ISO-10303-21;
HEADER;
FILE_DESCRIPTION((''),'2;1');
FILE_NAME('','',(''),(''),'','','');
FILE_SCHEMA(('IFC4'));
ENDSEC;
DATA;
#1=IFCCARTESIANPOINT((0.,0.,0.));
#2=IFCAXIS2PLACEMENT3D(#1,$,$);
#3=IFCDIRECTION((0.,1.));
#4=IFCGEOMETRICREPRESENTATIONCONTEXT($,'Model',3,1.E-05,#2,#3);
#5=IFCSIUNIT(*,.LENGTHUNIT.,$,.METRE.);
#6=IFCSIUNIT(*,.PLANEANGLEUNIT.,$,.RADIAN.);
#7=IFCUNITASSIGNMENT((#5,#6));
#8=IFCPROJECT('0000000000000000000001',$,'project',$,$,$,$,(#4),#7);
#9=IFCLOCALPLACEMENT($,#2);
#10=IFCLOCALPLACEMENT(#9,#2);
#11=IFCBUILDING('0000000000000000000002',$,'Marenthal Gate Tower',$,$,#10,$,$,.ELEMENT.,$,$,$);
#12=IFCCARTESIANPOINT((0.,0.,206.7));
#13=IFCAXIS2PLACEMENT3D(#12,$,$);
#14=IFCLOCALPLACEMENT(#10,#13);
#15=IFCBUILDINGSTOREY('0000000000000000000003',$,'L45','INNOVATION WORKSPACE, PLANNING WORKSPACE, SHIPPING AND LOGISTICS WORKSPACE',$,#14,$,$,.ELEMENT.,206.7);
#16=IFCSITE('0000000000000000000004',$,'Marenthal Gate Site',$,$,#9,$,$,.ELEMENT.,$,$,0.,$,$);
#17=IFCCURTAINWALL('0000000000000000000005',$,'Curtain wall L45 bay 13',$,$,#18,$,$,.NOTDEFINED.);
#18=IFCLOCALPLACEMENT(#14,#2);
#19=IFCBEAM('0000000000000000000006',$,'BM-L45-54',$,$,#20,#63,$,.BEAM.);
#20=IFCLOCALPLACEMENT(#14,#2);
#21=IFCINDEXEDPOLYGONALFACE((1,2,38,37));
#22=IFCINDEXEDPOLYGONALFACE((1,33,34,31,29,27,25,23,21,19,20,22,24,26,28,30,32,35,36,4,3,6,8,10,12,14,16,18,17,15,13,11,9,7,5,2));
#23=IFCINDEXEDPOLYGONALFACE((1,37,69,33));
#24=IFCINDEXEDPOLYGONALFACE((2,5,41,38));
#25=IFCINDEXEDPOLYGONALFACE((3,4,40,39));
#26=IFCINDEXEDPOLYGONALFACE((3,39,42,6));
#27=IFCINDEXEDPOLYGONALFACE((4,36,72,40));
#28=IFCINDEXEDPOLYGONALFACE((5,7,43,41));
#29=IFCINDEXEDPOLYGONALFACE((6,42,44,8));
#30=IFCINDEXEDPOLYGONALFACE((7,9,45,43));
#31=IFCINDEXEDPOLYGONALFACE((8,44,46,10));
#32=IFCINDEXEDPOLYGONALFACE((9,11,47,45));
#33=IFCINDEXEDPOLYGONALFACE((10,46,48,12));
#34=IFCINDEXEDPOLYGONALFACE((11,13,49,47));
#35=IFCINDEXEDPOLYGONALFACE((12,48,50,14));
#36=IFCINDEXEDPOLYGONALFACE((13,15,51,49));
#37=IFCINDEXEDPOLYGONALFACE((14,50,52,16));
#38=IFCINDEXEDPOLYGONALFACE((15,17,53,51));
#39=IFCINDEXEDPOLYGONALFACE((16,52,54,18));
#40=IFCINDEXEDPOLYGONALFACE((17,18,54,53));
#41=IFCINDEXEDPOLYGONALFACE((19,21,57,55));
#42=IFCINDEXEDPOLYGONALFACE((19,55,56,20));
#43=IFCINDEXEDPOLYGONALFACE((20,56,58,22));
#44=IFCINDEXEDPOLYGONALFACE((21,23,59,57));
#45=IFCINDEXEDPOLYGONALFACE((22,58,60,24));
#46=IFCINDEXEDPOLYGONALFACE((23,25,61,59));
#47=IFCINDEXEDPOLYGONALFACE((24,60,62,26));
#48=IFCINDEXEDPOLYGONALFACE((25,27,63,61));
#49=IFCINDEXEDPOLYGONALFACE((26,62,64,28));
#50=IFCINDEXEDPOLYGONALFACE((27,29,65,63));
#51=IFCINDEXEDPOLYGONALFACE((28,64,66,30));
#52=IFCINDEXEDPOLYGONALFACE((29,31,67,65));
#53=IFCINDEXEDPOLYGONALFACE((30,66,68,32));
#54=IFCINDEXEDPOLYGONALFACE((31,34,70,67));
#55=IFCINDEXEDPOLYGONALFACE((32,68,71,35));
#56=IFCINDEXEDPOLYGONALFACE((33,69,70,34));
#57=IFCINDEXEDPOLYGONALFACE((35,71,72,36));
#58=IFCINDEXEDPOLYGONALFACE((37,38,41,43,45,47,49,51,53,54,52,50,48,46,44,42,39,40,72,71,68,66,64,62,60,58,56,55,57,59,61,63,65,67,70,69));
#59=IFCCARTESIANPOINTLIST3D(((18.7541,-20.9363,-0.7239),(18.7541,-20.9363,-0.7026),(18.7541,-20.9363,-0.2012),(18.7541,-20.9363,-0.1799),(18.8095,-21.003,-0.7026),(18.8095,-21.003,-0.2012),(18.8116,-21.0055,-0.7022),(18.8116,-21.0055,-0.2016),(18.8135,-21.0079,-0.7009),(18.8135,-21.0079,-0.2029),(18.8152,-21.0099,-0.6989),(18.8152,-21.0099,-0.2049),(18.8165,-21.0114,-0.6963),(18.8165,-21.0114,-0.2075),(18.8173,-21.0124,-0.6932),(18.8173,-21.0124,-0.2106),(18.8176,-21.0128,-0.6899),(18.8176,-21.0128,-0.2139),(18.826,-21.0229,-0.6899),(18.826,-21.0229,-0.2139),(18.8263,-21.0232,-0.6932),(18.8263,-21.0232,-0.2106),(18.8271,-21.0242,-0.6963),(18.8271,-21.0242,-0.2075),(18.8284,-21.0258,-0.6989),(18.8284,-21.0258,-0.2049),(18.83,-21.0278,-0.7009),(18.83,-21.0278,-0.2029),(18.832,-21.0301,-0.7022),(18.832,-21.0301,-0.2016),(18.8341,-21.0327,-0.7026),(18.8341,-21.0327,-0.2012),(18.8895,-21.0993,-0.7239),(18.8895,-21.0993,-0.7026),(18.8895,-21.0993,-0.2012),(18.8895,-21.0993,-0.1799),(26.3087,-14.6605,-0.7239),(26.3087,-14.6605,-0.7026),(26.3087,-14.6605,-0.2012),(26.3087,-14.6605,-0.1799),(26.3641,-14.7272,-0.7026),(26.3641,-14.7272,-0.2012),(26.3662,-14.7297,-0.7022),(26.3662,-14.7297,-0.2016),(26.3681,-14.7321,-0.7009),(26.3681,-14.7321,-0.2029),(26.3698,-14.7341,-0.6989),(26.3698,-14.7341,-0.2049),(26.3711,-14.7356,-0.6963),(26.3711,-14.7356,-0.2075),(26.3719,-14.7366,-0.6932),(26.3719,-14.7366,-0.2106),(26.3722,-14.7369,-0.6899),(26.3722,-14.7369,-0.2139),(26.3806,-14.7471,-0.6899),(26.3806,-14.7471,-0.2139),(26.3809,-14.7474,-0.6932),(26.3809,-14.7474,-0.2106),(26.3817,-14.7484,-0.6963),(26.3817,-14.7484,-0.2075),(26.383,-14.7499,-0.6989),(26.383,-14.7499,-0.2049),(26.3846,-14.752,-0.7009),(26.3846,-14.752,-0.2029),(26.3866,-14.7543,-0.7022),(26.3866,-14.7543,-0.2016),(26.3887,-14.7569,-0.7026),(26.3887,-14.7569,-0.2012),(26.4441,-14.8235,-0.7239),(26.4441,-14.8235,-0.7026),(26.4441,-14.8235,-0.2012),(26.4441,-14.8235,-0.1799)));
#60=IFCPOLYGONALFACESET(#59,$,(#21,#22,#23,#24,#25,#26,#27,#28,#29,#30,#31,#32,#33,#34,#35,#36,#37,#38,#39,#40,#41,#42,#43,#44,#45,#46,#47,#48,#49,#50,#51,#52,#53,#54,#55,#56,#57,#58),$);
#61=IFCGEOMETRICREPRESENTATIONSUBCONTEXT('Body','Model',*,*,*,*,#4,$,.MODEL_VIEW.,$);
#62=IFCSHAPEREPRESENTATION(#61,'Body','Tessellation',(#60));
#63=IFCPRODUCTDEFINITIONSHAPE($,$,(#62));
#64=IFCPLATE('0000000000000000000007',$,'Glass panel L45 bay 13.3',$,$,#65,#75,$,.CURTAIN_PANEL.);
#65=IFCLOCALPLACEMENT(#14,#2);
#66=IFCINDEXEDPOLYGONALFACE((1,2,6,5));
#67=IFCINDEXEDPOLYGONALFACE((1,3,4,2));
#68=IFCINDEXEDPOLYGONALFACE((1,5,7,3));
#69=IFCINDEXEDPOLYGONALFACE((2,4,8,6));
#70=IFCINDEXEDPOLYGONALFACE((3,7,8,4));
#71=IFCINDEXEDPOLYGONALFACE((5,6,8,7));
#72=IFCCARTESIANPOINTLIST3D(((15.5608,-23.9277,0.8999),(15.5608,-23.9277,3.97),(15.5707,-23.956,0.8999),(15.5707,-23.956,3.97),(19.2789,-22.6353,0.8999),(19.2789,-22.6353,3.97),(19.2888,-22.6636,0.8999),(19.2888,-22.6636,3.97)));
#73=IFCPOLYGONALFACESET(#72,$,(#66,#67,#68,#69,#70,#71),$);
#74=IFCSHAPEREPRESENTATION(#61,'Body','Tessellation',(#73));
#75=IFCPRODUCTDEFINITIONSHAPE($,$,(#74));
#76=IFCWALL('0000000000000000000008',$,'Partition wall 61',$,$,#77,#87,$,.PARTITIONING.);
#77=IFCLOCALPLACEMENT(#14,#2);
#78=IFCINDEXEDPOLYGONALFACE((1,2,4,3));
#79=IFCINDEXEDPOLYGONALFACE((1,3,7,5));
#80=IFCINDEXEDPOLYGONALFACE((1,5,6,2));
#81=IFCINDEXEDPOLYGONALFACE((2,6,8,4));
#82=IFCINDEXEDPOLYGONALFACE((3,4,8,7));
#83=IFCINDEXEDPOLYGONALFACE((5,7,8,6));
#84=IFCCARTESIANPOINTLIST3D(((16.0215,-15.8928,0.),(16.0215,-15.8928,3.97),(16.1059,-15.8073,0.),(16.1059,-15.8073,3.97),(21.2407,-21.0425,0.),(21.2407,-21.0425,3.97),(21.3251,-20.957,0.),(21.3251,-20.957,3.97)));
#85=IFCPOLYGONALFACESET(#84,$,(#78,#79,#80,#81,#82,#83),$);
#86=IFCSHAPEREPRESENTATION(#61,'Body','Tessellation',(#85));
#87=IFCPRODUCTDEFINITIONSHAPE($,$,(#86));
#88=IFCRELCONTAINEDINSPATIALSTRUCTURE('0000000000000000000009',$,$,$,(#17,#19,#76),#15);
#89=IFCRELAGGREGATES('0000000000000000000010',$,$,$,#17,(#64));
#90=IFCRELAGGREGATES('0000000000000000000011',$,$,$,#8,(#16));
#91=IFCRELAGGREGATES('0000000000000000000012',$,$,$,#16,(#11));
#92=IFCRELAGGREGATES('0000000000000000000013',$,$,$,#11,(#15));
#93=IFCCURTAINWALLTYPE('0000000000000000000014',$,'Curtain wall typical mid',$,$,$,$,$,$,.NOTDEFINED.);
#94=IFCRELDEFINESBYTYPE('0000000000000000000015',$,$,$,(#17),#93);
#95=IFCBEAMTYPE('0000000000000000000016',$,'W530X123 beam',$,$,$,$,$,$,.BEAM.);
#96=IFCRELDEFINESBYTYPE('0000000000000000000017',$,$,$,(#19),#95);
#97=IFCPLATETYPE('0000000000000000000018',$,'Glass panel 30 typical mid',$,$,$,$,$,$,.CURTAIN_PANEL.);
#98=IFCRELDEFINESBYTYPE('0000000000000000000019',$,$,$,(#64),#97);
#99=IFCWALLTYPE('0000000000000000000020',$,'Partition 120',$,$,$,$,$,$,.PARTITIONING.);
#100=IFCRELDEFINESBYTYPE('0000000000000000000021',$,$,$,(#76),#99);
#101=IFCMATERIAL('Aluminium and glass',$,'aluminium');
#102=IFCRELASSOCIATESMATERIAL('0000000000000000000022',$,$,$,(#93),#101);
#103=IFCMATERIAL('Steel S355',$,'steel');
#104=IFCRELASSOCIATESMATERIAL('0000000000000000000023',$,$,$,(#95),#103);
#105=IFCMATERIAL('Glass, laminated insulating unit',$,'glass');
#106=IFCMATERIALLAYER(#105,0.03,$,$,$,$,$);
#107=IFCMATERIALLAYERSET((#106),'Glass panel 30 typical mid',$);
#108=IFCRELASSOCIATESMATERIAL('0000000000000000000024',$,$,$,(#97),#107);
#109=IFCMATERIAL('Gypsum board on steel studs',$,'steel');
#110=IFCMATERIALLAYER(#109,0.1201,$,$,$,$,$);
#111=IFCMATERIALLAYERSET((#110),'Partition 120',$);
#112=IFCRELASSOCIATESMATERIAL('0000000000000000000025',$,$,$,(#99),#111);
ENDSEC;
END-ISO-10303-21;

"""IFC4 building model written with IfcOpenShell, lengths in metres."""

from ifc_helpers import new_model, si_unit, direction, frame, frame_2d, origin, origin_2d, place, context, subcontext, project, spatial, rectangle, i_section, extrude, material, layer, layer_set, material_profile, profile_set, type_object, element, aggregate, save


model = new_model("IFC4")

# Units and contexts
model_context = context("Model", 3, precision=1e-05, world=origin(), true_north=direction((0.0, 1.0)))
body_context = subcontext(model_context, "Body", "Model", "MODEL_VIEW")
ifc_project = project(units=[si_unit("LENGTHUNIT", "METRE"), si_unit("PLANEANGLEUNIT", "RADIAN")], contexts=[model_context])

# Site, building, storey
site_placement = place(None, origin())
site = spatial("IfcSite", under=ifc_project, at=site_placement, Name="Marenthal Gate Site", CompositionType="ELEMENT", RefElevation=0.0)
building_placement = place(site_placement, origin())
building = spatial("IfcBuilding", under=site, at=building_placement, Name="Marenthal Gate Tower", CompositionType="ELEMENT")
storey_placement = place(building_placement, frame((0.0, 0.0, 206.7)))
storey = spatial("IfcBuildingStorey", under=building, at=storey_placement, Name="L45", Description="INNOVATION WORKSPACE, PLANNING WORKSPACE, SHIPPING AND LOGISTICS WORKSPACE", CompositionType="ELEMENT", Elevation=206.7)

# Curtain wall
ifc_material_1 = material(Name="Aluminium and glass", Category="aluminium")
curtain_wall_type = type_object("IfcCurtainWallType", Name="Curtain wall typical mid", PredefinedType="NOTDEFINED", material=ifc_material_1)
curtain_wall_1_placement = place(storey_placement, origin())
curtain_wall_1 = element("IfcCurtainWall", 1, at=curtain_wall_1_placement, inside=storey, type_object=curtain_wall_type, Name="Curtain wall L45 bay 13", PredefinedType="NOTDEFINED")

# Beam
ifc_material_2 = material(Name="Steel S355", Category="steel")
ifc_material_profile_1 = material_profile(ifc_material_2, i_section(OverallWidth=0.2119, OverallDepth=0.5439, WebThickness=0.0132, FlangeThickness=0.0212, FilletRadius=0.0127, at=origin_2d()), Name="W530X123")
ifc_profile_set_1 = profile_set([ifc_material_profile_1], Name="Steel S355")
beam_type_1 = type_object("IfcBeamType", Name="W530X123 beam", PredefinedType="BEAM", material=ifc_profile_set_1)
beam_1_placement = place(storey_placement, frame((18.8218, -21.0178, -0.4519), z_axis=(0.769207, 0.639, 0.0), x_axis=(-0.639, 0.769207, 0.0)))
element("IfcBeam", 2, at=beam_1_placement, inside=storey, type_object=beam_type_1, Name="BM-L45-54", PredefinedType="BEAM", context=body_context, shape_type="SweptSolid", body=[
    extrude(i_section(OverallWidth=0.2119, OverallDepth=0.5439, WebThickness=0.0132, FlangeThickness=0.0212, FilletRadius=0.0127, at=origin_2d()), origin(), (0.0, 0.0, 1.0), 9.8213),
])

# Plate
ifc_material_3 = material(Name="Glass, laminated insulating unit", Category="glass")
ifc_layer_1 = layer(ifc_material_3, 0.03)
ifc_layer_set_1 = layer_set([ifc_layer_1], Name="Glass panel 30 typical mid")
plate_type = type_object("IfcPlateType", Name="Glass panel 30 typical mid", PredefinedType="CURTAIN_PANEL", material=ifc_layer_set_1)
plate_placement = place(storey_placement, frame((17.4248, -23.2957, 0.8999), z_axis=(0.0, 0.0, 1.0), x_axis=(0.944562, 0.328332, 0.0)))
plate = element("IfcPlate", 3, at=plate_placement, type_object=plate_type, Name="Glass panel L45 bay 13.3", PredefinedType="CURTAIN_PANEL", context=body_context, shape_type="SweptSolid", body=[
    extrude(rectangle(XDim=3.9363, YDim=0.03, at=origin_2d()), origin(), (0.0, 0.0, 1.0), 3.0701),
])
aggregate(curtain_wall_1, [plate])

# Wall
ifc_material_4 = material(Name="Gypsum board on steel studs", Category="steel")
ifc_layer_2 = layer(ifc_material_4, 0.1201)
ifc_layer_set_2 = layer_set([ifc_layer_2], Name="Partition 120")
wall_type_1 = type_object("IfcWallType", Name="Partition 120", PredefinedType="PARTITIONING", material=ifc_layer_set_2)
wall_1_placement = place(storey_placement, frame((16.0637, -15.8501, 0.0), z_axis=(0.0, 0.0, 1.0), x_axis=(0.711836, -0.702346, 0.0)))
element("IfcWall", 4, at=wall_1_placement, inside=storey, type_object=wall_type_1, Name="Partition wall 61", PredefinedType="PARTITIONING", context=body_context, shape_type="SweptSolid", body=[
    extrude(rectangle(XDim=7.332, YDim=0.1201, at=frame_2d((3.666, 0.0))), origin(), (0.0, 0.0, 1.0), 3.97),
])

save(model, "model.ifc")
